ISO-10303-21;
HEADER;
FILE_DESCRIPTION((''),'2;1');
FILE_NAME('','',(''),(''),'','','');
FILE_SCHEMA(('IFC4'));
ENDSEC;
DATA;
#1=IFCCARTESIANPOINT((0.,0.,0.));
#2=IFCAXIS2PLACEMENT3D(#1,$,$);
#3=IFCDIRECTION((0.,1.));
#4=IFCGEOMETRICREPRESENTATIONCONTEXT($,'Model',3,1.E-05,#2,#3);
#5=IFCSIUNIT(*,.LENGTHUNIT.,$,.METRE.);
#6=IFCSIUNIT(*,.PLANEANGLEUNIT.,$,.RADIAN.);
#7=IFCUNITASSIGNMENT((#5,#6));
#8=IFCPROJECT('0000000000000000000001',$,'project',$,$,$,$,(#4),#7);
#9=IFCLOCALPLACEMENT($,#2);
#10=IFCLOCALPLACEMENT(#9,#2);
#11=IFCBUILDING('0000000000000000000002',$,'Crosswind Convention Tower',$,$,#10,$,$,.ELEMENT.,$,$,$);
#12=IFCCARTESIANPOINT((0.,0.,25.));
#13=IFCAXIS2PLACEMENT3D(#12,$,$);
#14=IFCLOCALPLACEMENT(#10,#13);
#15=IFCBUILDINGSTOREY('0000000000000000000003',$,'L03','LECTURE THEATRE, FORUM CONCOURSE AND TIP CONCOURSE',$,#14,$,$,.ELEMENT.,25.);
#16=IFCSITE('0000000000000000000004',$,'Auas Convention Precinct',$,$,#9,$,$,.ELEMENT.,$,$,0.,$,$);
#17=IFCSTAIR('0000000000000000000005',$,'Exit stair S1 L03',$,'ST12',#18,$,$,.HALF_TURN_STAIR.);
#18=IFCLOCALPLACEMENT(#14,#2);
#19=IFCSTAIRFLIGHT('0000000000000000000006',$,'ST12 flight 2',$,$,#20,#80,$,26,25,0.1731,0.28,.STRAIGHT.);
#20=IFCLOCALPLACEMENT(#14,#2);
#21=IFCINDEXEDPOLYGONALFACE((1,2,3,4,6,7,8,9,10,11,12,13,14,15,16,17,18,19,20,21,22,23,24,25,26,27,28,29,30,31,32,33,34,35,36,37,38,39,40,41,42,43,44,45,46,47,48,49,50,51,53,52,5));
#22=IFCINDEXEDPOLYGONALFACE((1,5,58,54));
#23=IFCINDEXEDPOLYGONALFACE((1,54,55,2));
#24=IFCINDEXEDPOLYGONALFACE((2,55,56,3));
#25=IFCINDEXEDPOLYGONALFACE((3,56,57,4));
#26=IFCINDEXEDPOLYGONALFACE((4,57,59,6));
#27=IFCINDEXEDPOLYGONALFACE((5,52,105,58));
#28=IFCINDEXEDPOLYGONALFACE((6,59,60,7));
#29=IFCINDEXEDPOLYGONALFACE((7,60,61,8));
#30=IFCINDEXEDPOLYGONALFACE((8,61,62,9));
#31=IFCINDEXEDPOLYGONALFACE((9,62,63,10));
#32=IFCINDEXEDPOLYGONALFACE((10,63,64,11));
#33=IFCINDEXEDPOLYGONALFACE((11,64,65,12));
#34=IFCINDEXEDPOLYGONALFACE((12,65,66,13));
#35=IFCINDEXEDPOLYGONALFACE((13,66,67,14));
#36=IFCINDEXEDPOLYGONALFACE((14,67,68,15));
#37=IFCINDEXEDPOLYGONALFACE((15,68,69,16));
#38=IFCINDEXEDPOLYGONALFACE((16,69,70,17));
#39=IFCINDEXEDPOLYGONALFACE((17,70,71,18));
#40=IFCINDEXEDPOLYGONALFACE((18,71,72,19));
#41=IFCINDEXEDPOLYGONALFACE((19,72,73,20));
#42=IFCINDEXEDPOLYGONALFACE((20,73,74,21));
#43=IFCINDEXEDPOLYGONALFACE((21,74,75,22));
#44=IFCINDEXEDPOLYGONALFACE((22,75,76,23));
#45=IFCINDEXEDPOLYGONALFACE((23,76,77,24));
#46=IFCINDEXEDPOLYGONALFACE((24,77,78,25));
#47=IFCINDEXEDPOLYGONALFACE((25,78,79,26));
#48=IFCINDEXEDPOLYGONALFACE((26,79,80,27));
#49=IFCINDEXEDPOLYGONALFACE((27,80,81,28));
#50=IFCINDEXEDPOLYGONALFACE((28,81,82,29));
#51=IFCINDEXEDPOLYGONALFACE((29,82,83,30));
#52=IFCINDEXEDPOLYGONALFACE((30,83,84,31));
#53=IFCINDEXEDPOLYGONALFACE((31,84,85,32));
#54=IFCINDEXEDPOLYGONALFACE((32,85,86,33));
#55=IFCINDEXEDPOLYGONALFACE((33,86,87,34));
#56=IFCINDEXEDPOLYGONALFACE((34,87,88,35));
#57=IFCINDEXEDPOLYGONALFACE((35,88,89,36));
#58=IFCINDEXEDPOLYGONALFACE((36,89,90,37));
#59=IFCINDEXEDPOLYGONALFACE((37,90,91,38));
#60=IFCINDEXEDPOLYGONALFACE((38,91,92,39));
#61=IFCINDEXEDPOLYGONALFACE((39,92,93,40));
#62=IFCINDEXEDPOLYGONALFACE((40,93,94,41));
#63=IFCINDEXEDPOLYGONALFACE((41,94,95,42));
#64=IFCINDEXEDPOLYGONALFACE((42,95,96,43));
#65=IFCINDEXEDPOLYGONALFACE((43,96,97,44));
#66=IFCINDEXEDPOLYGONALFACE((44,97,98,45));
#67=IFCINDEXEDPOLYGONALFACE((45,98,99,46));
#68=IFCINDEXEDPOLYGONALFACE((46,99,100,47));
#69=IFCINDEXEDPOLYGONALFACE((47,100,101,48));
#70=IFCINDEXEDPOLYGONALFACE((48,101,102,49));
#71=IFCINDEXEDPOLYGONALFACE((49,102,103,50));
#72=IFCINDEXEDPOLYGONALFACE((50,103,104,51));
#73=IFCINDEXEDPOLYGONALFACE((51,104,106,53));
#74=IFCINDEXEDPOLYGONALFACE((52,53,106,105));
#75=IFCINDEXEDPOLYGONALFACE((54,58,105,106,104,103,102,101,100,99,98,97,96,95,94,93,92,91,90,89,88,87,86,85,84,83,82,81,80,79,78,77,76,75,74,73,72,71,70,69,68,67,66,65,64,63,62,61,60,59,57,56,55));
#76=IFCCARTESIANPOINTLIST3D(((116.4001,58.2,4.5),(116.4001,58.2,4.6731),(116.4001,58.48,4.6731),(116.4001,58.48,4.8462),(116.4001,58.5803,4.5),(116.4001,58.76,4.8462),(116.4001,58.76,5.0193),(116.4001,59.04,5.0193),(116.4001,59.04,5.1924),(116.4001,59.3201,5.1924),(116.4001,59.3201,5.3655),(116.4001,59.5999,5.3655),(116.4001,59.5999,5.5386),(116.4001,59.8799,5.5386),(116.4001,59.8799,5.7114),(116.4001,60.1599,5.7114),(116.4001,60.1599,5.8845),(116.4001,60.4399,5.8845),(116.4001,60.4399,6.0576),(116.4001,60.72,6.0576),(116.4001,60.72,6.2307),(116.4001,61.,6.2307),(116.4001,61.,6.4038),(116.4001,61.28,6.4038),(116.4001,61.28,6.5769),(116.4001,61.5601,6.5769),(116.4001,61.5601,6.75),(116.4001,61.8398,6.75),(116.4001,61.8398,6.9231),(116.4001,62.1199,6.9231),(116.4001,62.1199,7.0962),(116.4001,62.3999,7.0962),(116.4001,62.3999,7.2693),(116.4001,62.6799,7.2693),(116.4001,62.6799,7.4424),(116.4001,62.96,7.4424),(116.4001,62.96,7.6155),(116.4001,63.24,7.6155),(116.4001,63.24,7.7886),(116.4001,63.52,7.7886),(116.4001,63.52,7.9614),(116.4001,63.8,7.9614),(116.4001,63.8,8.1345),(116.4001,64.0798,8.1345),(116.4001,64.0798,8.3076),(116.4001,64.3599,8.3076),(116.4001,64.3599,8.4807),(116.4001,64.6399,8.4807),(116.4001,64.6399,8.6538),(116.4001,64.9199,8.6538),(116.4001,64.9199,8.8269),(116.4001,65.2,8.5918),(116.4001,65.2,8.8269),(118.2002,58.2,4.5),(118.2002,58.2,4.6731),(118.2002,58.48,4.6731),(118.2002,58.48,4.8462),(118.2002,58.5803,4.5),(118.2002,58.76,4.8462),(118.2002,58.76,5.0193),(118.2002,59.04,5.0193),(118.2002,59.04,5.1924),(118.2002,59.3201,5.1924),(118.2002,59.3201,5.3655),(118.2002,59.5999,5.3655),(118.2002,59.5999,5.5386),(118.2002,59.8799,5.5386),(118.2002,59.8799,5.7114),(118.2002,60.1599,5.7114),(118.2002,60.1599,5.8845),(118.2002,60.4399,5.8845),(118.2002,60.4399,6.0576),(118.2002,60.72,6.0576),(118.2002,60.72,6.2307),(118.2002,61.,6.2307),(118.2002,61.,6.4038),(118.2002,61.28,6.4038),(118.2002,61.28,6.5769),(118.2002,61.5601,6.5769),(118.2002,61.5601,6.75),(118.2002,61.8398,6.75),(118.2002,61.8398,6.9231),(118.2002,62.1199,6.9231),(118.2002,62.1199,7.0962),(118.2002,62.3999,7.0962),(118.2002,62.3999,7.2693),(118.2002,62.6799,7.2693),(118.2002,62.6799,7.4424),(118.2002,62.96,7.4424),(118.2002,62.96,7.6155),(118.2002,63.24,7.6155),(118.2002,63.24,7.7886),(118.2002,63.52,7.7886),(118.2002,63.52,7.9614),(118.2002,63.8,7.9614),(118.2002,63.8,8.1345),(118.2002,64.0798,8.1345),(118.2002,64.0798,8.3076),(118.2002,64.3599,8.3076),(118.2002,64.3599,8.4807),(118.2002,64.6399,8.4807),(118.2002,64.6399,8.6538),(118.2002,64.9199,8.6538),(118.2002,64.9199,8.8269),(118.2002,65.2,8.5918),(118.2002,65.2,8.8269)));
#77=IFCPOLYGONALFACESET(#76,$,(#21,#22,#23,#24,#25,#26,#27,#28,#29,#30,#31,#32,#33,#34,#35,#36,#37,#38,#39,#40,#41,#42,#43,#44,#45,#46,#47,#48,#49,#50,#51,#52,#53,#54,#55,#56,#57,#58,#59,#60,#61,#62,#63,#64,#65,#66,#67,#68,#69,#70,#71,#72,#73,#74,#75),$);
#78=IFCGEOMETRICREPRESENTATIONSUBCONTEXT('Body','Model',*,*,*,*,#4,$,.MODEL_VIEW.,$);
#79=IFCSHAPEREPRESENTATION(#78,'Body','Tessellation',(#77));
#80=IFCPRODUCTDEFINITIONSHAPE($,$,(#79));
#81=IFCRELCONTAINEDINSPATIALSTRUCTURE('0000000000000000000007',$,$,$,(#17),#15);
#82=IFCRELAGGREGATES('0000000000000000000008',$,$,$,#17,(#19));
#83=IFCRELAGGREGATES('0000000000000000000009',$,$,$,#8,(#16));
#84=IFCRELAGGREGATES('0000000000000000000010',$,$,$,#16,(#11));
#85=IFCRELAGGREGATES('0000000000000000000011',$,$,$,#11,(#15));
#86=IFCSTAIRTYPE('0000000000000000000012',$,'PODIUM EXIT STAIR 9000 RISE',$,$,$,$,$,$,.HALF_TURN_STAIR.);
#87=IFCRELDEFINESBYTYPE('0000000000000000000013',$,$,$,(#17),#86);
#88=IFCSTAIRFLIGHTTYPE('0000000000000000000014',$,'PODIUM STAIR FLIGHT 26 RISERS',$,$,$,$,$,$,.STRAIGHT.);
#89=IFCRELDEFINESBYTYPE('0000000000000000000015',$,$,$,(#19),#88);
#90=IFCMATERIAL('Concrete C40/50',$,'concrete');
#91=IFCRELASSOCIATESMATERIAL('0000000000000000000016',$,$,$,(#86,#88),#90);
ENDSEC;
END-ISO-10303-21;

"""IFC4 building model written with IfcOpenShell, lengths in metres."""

from ifc_helpers import new_model, si_unit, direction, frame, origin, place, context, subcontext, project, spatial, polyline, outline, extrude, material, type_object, element, aggregate, save


model = new_model("IFC4")

# Units and contexts
model_context = context("Model", 3, precision=1e-05, world=origin(), true_north=direction((0.0, 1.0)))
body_context = subcontext(model_context, "Body", "Model", "MODEL_VIEW")
ifc_project = project(units=[si_unit("LENGTHUNIT", "METRE"), si_unit("PLANEANGLEUNIT", "RADIAN")], contexts=[model_context])

# Site, building, storey
site_placement = place(None, origin())
site = spatial("IfcSite", under=ifc_project, at=site_placement, Name="Auas Convention Precinct", CompositionType="ELEMENT", RefElevation=0.0)
building_placement = place(site_placement, origin())
building = spatial("IfcBuilding", under=site, at=building_placement, Name="Crosswind Convention Tower", CompositionType="ELEMENT")
storey_placement = place(building_placement, frame((0.0, 0.0, 25.0)))
storey = spatial("IfcBuildingStorey", under=building, at=storey_placement, Name="L03", Description="LECTURE THEATRE, FORUM CONCOURSE AND TIP CONCOURSE", CompositionType="ELEMENT", Elevation=25.0)

# Shared definitions
ifc_material_1 = material(Name="Concrete C40/50", Category="concrete")

# Stair, stair flight
stair_type = type_object("IfcStairType", Name="PODIUM EXIT STAIR 9000 RISE", PredefinedType="HALF_TURN_STAIR", material=ifc_material_1)
stair_placement = place(storey_placement, origin())
stair = element("IfcStair", 1, at=stair_placement, inside=storey, type_object=stair_type, Name="Exit stair S1 L03", ObjectType="ST12", PredefinedType="HALF_TURN_STAIR")
stair_flight_type = type_object("IfcStairFlightType", Name="PODIUM STAIR FLIGHT 26 RISERS", PredefinedType="STRAIGHT", material=ifc_material_1)
stair_flight_placement = place(storey_placement, frame((117.3, 58.2, 4.5), z_axis=(0.0, 0.0, 1.0), x_axis=(0.0, 1.0, 0.0)))
stair_flight = element("IfcStairFlight", 2, at=stair_flight_placement, type_object=stair_flight_type, Name="ST12 flight 2", NumberOfRisers=26, NumberOfTreads=25, PredefinedType="STRAIGHT", RiserHeight=0.1731, TreadLength=0.28, context=body_context, shape_type="SweptSolid", body=[
    extrude(outline(polyline([(0.0, 0.0), (0.0, 0.1731), (0.28, 0.1731), (0.28, 0.3462), (0.5601, 0.3462), (0.5601, 0.5193), (0.8401, 0.5193), (0.8401, 0.6924), (1.1201, 0.6924), (1.1201, 0.8655), (1.3999, 0.8655), (1.3999, 1.0386), (1.6799, 1.0386), (1.6799, 1.2114), (1.96, 1.2114), (1.96, 1.3845), (2.24, 1.3845), (2.24, 1.5576), (2.52, 1.5576), (2.52, 1.7307), (2.8, 1.7307), (2.8, 1.9038), (3.0801, 1.9038), (3.0801, 2.0769), (3.3601, 2.0769), (3.3601, 2.25), (3.6399, 2.25), (3.6399, 2.4231), (3.9199, 2.4231), (3.9199, 2.5962), (4.2, 2.5962), (4.2, 2.7693), (4.48, 2.7693), (4.48, 2.9424), (4.76, 2.9424), (4.76, 3.1155), (5.04, 3.1155), (5.04, 3.2886), (5.3201, 3.2886), (5.3201, 3.4614), (5.6001, 3.4614), (5.6001, 3.6345), (5.8799, 3.6345), (5.8799, 3.8076), (6.1599, 3.8076), (6.1599, 3.9807), (6.4399, 3.9807), (6.4399, 4.1538), (6.72, 4.1538), (6.72, 4.3269), (7.0, 4.3269), (7.0, 4.5), (7.0, 4.0918), (0.3804, 0.0), (0.0, 0.0)])), frame((0.0, 0.8999, 0.0), z_axis=(0.0, -1.0, 0.0), x_axis=(1.0, 0.0, 0.0)), (0.0, 0.0, 1.0), 1.8),
])
aggregate(stair, [stair_flight])

save(model, "model.ifc")
